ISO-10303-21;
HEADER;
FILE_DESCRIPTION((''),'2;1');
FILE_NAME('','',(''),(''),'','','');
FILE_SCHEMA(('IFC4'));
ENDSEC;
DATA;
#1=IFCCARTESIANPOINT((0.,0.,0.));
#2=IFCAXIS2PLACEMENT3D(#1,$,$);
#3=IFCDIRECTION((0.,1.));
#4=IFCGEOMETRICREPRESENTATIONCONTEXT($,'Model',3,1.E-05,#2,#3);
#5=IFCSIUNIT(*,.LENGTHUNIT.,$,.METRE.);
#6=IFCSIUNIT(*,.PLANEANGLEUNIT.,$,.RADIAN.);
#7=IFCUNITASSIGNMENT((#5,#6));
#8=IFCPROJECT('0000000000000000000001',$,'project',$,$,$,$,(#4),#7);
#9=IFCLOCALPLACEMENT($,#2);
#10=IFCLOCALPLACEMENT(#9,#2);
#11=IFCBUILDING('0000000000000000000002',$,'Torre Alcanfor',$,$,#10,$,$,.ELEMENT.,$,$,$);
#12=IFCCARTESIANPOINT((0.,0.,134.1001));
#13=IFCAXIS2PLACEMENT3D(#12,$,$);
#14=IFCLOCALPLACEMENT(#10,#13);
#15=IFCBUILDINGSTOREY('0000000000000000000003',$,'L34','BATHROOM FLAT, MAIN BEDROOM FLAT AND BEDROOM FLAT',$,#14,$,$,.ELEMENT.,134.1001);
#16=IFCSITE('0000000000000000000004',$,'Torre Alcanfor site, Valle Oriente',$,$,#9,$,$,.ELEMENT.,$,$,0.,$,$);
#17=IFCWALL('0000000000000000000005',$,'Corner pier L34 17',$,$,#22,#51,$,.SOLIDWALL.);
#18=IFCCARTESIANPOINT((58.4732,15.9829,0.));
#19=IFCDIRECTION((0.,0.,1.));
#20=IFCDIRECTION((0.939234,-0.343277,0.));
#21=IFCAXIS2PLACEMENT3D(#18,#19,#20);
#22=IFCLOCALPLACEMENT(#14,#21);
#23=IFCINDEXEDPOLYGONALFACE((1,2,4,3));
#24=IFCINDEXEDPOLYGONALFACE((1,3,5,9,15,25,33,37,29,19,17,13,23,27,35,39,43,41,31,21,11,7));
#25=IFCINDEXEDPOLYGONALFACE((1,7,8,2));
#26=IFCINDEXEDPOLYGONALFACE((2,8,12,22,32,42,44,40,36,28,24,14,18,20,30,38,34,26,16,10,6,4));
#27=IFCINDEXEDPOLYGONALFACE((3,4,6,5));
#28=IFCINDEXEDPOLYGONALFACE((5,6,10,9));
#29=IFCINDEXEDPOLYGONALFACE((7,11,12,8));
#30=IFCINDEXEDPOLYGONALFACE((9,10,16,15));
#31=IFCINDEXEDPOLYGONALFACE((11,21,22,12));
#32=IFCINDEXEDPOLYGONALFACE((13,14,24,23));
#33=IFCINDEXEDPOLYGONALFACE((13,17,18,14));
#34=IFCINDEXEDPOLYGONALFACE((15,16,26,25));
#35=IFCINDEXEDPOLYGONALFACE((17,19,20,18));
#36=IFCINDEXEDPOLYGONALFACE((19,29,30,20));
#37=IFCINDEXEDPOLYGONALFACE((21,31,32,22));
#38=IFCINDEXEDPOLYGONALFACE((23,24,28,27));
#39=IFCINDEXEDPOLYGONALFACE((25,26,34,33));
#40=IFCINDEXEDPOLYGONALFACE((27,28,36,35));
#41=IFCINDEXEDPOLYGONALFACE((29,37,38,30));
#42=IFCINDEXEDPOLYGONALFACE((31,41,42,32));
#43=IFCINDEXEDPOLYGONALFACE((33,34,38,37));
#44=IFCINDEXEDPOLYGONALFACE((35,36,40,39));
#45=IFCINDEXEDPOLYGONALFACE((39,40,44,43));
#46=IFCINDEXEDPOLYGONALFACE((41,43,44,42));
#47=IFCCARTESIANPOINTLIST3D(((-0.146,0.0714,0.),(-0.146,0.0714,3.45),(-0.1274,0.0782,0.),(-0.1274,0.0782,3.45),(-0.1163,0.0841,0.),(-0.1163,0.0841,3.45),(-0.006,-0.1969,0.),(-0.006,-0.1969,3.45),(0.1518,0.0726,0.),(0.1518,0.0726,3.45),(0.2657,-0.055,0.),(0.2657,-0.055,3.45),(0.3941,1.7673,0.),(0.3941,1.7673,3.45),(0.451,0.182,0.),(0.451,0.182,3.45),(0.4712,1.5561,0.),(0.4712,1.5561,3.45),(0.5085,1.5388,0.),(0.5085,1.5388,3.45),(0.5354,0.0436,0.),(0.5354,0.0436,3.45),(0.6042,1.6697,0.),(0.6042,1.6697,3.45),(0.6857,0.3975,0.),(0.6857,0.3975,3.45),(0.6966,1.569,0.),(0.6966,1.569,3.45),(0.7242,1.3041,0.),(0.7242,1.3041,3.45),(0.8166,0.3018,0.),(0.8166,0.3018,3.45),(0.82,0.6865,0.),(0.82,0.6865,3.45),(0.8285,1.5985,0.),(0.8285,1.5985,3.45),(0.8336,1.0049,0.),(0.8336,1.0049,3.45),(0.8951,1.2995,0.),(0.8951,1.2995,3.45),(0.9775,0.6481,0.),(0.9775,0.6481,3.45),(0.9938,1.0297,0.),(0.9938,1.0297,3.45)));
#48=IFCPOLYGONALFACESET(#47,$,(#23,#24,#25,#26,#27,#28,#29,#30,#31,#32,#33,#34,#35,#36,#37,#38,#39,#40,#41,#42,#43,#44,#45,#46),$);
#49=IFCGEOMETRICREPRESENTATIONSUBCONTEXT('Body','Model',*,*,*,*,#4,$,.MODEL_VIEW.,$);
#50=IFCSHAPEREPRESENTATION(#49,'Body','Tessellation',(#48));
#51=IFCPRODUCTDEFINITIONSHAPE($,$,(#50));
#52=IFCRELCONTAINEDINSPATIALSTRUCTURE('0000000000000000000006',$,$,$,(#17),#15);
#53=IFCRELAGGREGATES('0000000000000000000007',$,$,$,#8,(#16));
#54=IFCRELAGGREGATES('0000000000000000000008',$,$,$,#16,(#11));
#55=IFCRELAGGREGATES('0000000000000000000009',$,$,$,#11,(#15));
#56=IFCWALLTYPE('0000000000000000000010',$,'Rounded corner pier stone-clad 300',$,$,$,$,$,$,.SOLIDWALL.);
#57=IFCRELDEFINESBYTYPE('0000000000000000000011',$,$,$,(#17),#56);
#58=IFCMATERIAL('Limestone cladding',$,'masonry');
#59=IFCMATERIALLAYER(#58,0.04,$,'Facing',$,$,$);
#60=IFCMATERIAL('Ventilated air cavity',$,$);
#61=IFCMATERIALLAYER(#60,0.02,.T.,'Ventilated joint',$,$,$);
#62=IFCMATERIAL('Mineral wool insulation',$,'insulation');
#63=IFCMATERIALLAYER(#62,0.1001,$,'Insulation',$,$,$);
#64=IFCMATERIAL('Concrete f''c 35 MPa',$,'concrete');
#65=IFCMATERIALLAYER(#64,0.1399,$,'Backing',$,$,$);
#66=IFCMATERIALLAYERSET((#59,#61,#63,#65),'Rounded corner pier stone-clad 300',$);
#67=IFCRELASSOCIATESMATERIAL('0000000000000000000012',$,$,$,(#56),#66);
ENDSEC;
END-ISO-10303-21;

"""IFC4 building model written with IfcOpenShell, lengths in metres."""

from ifc_helpers import new_model, si_unit, direction, frame, origin, place, context, subcontext, project, spatial, polyline, outline, extrude, material, layer, layer_set, type_object, element, save


model = new_model("IFC4")

# Units and contexts
model_context = context("Model", 3, precision=1e-05, world=origin(), true_north=direction((0.0, 1.0)))
body_context = subcontext(model_context, "Body", "Model", "MODEL_VIEW")
ifc_project = project(units=[si_unit("LENGTHUNIT", "METRE"), si_unit("PLANEANGLEUNIT", "RADIAN")], contexts=[model_context])

# Site, building, storey
site_placement = place(None, origin())
site = spatial("IfcSite", under=ifc_project, at=site_placement, Name="Torre Alcanfor site, Valle Oriente", CompositionType="ELEMENT", RefElevation=0.0)
building_placement = place(site_placement, origin())
building = spatial("IfcBuilding", under=site, at=building_placement, Name="Torre Alcanfor", CompositionType="ELEMENT")
storey_placement = place(building_placement, frame((0.0, 0.0, 134.1001)))
storey = spatial("IfcBuildingStorey", under=building, at=storey_placement, Name="L34", Description="BATHROOM FLAT, MAIN BEDROOM FLAT AND BEDROOM FLAT", CompositionType="ELEMENT", Elevation=134.1001)

# Wall
ifc_material_1 = material(Name="Limestone cladding", Category="masonry")
ifc_layer_1 = layer(ifc_material_1, 0.04, Name="Facing")
ifc_material_2 = material(Name="Ventilated air cavity")
ifc_layer_2 = layer(ifc_material_2, 0.02, ventilated=True, Name="Ventilated joint")
ifc_material_3 = material(Name="Mineral wool insulation", Category="insulation")
ifc_layer_3 = layer(ifc_material_3, 0.1001, Name="Insulation")
ifc_material_4 = material(Name="Concrete f'c 35 MPa", Category="concrete")
ifc_layer_4 = layer(ifc_material_4, 0.1399, Name="Backing")
ifc_layer_set_1 = layer_set([ifc_layer_1, ifc_layer_2, ifc_layer_3, ifc_layer_4], Name="Rounded corner pier stone-clad 300")
wall_type_1 = type_object("IfcWallType", Name="Rounded corner pier stone-clad 300", PredefinedType="SOLIDWALL", material=ifc_layer_set_1)
wall_1_placement = place(storey_placement, frame((58.4732, 15.9829, 0.0), z_axis=(0.0, 0.0, 1.0), x_axis=(0.939234, -0.343277, 0.0)))
element("IfcWall", 1, at=wall_1_placement, inside=storey, type_object=wall_type_1, Name="Corner pier L34 17", PredefinedType="SOLIDWALL", context=body_context, shape_type="SweptSolid", body=[
    extrude(outline(polyline([(0.8285, 1.5985), (0.6966, 1.569), (0.6042, 1.6697), (0.3941, 1.7673), (0.4712, 1.5561), (0.5085, 1.5388), (0.7242, 1.3041), (0.8336, 1.0049), (0.82, 0.6865), (0.6857, 0.3975), (0.451, 0.182), (0.1518, 0.0726), (-0.1163, 0.0841), (-0.1274, 0.0782), (-0.146, 0.0714), (-0.006, -0.1969), (0.2657, -0.055), (0.5354, 0.0436), (0.8166, 0.3018), (0.9775, 0.6481), (0.9938, 1.0297), (0.8951, 1.2995), (0.8285, 1.5985)])), origin(), (0.0, 0.0, 1.0), 3.45),
])

save(model, "model.ifc")
